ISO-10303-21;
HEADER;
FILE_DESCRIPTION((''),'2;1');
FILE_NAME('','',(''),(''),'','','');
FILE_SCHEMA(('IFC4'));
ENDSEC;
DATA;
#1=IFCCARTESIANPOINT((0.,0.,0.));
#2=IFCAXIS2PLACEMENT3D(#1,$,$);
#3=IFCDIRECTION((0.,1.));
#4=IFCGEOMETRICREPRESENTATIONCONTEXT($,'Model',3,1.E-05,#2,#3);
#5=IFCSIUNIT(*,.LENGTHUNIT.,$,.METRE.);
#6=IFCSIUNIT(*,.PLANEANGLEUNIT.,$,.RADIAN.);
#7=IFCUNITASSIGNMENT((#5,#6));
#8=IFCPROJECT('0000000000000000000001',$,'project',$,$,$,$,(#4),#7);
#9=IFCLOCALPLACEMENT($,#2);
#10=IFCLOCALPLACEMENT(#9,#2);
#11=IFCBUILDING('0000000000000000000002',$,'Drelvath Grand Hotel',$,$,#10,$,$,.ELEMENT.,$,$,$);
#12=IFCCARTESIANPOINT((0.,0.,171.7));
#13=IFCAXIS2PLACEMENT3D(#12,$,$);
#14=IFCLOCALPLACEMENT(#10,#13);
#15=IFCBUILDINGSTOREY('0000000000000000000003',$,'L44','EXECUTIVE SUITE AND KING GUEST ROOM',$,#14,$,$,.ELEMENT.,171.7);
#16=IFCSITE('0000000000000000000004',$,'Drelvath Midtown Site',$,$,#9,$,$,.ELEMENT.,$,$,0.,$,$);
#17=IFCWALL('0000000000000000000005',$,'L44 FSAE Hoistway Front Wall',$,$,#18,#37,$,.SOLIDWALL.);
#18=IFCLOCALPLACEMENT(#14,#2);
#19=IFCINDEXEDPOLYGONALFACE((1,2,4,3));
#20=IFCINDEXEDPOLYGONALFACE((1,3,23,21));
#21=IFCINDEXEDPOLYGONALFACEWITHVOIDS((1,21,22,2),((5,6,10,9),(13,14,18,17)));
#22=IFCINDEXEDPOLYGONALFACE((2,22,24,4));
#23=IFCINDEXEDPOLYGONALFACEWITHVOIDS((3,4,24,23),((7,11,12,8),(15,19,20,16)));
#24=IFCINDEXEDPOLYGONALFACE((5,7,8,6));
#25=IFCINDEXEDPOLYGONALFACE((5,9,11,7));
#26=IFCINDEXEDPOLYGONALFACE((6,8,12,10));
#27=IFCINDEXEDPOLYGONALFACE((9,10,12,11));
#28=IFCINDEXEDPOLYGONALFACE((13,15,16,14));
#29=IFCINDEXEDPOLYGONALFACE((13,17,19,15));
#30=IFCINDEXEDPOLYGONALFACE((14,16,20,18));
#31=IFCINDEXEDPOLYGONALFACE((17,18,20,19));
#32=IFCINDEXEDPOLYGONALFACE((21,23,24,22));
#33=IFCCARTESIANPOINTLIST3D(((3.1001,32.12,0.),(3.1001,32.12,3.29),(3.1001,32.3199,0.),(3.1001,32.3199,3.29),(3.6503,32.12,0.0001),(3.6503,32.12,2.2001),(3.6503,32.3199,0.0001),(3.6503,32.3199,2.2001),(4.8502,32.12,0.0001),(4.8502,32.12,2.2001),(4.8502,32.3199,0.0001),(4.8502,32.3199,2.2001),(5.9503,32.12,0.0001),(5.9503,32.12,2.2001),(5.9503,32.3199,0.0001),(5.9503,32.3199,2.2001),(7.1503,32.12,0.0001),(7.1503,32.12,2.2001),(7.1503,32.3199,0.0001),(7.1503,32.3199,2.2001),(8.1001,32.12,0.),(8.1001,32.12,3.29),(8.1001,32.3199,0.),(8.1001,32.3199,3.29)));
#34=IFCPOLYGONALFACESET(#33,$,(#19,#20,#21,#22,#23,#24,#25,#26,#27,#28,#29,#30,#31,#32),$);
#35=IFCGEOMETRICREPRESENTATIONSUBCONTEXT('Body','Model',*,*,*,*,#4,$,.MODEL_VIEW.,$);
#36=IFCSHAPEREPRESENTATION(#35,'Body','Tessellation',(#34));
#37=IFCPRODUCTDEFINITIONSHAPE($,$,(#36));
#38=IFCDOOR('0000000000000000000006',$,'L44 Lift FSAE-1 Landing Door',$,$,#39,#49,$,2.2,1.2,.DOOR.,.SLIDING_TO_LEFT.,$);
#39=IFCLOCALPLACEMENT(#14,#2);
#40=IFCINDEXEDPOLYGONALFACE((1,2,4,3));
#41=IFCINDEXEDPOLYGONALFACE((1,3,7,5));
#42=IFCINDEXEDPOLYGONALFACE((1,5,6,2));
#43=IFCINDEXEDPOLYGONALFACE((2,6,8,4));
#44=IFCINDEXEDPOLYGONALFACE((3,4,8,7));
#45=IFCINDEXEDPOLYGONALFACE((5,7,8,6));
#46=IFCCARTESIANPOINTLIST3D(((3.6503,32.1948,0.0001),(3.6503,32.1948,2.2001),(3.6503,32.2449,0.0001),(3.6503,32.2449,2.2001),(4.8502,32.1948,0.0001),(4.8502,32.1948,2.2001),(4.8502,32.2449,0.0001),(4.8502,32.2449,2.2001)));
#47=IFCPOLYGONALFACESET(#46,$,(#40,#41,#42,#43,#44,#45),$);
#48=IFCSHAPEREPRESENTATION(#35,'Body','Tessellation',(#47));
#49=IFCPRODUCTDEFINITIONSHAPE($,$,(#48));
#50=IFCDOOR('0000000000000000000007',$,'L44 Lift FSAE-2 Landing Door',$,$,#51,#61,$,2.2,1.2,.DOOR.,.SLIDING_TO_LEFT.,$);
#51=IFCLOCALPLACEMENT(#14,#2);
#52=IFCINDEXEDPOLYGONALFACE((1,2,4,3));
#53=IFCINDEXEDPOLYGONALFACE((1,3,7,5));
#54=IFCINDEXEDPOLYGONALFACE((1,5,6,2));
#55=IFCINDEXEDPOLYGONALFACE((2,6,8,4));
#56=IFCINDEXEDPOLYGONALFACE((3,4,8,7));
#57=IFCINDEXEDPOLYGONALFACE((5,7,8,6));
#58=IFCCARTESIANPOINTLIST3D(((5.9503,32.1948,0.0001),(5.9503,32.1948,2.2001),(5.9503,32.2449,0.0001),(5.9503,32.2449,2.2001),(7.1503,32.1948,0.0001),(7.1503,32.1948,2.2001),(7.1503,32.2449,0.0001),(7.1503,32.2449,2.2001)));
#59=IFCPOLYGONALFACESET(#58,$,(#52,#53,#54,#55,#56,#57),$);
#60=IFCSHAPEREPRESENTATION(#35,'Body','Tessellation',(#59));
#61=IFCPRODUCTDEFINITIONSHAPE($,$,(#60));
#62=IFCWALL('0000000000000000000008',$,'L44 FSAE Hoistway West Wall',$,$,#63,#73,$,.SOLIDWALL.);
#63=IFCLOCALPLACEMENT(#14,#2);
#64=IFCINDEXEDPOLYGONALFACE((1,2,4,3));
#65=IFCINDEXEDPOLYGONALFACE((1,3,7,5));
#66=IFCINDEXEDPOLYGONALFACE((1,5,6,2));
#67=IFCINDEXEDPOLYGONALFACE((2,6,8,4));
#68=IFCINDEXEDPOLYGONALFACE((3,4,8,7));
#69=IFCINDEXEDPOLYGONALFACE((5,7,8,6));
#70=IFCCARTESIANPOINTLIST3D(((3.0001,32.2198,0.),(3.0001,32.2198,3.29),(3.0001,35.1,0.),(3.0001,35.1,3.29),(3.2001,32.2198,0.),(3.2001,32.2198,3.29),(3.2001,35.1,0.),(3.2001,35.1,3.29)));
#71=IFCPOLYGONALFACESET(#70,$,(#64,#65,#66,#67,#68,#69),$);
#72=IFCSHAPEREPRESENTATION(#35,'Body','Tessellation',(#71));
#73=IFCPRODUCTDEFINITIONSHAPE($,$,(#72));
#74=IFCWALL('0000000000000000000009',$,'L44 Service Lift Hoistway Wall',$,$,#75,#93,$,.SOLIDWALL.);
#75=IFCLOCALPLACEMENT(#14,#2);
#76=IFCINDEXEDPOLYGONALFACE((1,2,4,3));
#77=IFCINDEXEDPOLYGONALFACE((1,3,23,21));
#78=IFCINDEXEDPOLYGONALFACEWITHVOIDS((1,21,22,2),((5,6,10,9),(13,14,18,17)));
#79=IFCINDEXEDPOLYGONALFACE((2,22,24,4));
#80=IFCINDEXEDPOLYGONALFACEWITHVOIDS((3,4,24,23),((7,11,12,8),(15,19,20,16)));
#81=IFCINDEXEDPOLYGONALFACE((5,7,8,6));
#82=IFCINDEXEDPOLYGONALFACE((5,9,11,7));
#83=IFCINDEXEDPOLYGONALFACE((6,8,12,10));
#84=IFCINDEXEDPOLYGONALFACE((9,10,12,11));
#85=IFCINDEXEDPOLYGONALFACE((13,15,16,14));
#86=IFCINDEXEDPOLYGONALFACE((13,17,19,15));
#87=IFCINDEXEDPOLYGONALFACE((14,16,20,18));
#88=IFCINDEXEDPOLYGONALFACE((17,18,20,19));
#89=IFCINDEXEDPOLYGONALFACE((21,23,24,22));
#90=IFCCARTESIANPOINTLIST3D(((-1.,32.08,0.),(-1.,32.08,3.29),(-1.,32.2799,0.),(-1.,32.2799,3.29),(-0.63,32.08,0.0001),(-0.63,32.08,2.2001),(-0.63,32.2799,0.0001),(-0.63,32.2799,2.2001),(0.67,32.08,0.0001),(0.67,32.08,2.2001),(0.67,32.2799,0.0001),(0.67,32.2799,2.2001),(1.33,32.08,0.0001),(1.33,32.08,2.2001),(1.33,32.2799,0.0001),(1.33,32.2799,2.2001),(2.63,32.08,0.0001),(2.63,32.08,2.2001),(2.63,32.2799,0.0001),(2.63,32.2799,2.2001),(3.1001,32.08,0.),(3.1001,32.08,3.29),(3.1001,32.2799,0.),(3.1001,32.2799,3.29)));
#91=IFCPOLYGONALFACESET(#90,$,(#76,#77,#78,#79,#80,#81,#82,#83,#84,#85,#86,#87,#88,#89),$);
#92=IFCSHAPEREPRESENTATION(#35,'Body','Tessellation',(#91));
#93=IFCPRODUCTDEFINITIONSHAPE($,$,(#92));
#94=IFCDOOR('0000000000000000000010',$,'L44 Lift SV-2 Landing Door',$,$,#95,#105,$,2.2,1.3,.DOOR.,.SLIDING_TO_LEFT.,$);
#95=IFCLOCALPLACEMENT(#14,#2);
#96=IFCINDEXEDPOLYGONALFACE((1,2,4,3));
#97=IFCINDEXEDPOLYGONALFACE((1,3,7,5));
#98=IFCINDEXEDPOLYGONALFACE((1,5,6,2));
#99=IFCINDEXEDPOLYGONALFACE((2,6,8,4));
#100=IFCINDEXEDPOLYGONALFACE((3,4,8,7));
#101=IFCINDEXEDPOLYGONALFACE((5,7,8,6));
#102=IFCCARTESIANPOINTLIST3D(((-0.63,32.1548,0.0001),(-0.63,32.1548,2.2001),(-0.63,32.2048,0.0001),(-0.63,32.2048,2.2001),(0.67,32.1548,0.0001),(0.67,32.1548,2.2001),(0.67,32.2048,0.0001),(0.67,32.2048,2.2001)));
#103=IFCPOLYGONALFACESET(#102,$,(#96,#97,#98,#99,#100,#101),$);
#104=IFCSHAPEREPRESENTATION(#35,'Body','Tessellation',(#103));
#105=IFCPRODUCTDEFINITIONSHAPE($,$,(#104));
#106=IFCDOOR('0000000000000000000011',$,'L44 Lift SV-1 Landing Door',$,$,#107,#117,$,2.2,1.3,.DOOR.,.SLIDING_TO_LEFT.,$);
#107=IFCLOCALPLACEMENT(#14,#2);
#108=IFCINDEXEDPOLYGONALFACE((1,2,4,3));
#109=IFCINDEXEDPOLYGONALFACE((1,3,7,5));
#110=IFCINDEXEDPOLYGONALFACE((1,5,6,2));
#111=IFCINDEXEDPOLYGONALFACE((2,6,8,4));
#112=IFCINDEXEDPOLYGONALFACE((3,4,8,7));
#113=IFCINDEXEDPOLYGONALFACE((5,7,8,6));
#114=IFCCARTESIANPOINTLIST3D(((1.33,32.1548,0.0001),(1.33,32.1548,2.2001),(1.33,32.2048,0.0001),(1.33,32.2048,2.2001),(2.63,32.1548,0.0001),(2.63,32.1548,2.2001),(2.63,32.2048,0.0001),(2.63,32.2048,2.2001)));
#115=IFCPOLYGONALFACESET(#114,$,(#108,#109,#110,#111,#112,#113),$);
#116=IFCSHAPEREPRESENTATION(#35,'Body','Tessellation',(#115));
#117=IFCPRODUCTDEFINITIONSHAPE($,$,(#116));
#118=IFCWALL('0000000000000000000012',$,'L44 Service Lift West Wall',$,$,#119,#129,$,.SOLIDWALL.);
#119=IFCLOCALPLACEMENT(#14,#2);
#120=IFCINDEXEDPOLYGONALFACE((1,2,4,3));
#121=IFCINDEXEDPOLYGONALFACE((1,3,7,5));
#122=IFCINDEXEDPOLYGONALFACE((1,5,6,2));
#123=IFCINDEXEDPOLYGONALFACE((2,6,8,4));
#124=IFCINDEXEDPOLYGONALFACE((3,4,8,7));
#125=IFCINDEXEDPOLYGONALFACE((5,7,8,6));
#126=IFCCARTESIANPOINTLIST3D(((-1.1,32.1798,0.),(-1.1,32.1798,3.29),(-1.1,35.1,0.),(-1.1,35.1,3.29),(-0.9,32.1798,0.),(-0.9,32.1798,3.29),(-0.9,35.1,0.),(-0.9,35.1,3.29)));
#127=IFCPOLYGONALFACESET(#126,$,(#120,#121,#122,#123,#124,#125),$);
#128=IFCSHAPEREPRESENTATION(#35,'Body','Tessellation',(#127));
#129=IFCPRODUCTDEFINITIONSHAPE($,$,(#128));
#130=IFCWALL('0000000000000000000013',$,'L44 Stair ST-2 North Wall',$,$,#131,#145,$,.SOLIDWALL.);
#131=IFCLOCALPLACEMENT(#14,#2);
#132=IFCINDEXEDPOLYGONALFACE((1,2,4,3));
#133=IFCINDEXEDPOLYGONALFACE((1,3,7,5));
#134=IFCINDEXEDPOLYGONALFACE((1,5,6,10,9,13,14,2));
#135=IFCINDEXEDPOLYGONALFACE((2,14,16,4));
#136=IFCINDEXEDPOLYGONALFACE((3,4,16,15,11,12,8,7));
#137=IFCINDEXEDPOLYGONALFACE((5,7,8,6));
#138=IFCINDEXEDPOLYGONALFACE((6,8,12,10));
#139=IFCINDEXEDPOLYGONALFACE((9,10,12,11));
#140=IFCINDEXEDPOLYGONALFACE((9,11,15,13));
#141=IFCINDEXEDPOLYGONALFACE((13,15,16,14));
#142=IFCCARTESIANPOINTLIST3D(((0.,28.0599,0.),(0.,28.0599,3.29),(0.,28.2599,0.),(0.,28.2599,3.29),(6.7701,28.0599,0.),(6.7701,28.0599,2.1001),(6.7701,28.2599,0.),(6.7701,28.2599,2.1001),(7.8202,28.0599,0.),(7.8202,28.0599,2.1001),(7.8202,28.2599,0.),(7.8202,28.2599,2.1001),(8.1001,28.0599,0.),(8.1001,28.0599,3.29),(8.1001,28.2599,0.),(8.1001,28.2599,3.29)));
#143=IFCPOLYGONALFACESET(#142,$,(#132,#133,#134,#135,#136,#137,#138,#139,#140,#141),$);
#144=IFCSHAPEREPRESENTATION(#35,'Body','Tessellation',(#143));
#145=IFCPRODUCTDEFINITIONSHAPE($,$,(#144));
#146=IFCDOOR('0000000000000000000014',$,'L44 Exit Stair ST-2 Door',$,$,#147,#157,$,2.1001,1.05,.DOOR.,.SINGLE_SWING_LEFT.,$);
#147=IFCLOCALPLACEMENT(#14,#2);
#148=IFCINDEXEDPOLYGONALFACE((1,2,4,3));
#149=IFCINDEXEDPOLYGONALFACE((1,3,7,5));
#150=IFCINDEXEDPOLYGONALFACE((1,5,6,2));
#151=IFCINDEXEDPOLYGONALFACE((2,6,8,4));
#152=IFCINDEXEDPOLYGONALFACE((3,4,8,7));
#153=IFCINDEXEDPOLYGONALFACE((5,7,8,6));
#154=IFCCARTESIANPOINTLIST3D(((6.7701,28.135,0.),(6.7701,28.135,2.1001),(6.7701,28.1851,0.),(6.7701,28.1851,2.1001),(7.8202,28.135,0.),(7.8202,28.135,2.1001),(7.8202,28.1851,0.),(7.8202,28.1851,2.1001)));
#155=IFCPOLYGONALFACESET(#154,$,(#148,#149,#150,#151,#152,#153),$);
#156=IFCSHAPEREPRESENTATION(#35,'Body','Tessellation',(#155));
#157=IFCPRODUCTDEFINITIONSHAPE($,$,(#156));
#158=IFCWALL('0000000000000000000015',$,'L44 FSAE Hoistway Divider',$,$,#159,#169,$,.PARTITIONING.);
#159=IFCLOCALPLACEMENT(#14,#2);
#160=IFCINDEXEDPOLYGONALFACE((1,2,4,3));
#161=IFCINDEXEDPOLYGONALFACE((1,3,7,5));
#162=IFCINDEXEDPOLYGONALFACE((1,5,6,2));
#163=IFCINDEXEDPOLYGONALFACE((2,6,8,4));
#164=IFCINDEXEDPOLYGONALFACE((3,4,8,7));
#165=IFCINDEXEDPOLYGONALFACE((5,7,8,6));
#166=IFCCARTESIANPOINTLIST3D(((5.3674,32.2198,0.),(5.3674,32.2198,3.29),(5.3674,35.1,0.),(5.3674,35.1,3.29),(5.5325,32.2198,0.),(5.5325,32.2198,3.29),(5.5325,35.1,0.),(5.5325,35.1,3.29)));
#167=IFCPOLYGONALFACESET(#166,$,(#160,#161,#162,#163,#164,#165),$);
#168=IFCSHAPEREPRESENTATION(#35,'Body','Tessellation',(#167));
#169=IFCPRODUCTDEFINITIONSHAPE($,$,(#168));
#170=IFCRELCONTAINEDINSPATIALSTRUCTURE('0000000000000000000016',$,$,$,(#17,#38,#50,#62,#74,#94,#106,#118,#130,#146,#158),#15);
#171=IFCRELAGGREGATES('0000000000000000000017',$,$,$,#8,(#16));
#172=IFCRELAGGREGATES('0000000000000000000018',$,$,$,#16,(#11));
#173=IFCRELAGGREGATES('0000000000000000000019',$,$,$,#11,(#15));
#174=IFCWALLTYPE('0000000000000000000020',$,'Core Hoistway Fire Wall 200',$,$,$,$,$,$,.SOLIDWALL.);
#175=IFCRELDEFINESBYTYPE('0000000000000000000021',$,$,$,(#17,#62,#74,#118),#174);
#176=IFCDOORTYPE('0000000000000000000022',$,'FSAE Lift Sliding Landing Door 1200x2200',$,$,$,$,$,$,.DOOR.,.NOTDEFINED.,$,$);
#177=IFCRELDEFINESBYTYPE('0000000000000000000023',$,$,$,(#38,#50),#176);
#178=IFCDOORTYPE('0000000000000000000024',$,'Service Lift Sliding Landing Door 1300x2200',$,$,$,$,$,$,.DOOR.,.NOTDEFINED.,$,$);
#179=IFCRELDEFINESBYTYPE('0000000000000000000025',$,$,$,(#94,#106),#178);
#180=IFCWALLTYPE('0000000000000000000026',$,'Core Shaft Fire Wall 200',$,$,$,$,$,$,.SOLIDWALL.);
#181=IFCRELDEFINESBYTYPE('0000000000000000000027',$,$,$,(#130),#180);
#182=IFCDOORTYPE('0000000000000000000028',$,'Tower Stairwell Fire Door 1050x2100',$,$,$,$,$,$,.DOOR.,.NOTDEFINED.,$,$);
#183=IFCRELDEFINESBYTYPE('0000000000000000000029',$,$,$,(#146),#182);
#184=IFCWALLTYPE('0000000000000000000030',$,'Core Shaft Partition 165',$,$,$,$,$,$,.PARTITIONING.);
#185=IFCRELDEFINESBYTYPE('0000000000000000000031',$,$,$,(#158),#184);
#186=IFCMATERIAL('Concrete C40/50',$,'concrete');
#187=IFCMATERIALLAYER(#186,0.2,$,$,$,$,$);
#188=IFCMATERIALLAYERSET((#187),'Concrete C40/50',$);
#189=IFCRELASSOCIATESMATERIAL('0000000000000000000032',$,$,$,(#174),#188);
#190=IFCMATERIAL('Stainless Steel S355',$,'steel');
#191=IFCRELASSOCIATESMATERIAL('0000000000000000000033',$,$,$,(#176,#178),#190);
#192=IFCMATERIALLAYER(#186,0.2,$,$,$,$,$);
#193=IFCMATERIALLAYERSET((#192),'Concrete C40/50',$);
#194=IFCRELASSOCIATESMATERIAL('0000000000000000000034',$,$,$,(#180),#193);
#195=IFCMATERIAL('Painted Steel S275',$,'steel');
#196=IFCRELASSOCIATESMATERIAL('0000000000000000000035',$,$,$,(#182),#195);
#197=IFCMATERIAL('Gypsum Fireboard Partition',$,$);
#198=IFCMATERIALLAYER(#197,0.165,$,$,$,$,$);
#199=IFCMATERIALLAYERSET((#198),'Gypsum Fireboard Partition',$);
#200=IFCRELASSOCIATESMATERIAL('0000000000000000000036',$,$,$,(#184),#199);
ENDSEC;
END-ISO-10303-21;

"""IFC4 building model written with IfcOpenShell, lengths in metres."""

from ifc_helpers import new_model, si_unit, direction, frame, frame_2d, origin, place, context, subcontext, project, spatial, rectangle, extrude, material, layer, layer_set, type_object, element, fill, save


model = new_model("IFC4")

# Units and contexts
model_context = context("Model", 3, precision=1e-05, world=origin(), true_north=direction((0.0, 1.0)))
body_context = subcontext(model_context, "Body", "Model", "MODEL_VIEW")
ifc_project = project(units=[si_unit("LENGTHUNIT", "METRE"), si_unit("PLANEANGLEUNIT", "RADIAN")], contexts=[model_context])

# Site, building, storey
site_placement = place(None, origin())
site = spatial("IfcSite", under=ifc_project, at=site_placement, Name="Drelvath Midtown Site", CompositionType="ELEMENT", RefElevation=0.0)
building_placement = place(site_placement, origin())
building = spatial("IfcBuilding", under=site, at=building_placement, Name="Drelvath Grand Hotel", CompositionType="ELEMENT")
storey_placement = place(building_placement, frame((0.0, 0.0, 171.7)))
storey = spatial("IfcBuildingStorey", under=building, at=storey_placement, Name="L44", Description="EXECUTIVE SUITE AND KING GUEST ROOM", CompositionType="ELEMENT", Elevation=171.7)

# Wall, openings, doors
ifc_material_1 = material(Name="Concrete C40/50", Category="concrete")
ifc_layer_1 = layer(ifc_material_1, 0.2)
ifc_layer_set_1 = layer_set([ifc_layer_1], Name="Concrete C40/50")
wall_type_1 = type_object("IfcWallType", Name="Core Hoistway Fire Wall 200", PredefinedType="SOLIDWALL", material=ifc_layer_set_1)
wall_1_placement = place(storey_placement, frame((3.1001, 32.22, 0.0), z_axis=(0.0, 0.0, 1.0), x_axis=(1.0, 0.0, 0.0)))
wall_1 = element("IfcWall", 1, at=wall_1_placement, inside=storey, type_object=wall_type_1, Name="L44 FSAE Hoistway Front Wall", PredefinedType="SOLIDWALL", context=body_context, shape_type="SweptSolid", body=[
    extrude(rectangle(XDim=5.0, YDim=0.2, at=frame_2d((2.5, 0.0))), origin(), (0.0, 0.0, 1.0), 3.29),
])
opening_1_placement = place(wall_1_placement, frame((0.55, 0.0, 0.0)))
opening_1 = element("IfcOpeningElement", 2, at=opening_1_placement, cuts=wall_1, PredefinedType="OPENING", context=body_context, shape_type="SweptSolid", body=[
    extrude(rectangle(XDim=1.2, YDim=2.2, at=frame_2d((0.6001, 1.1001))), frame((0.0, 0.1099, 0.0), z_axis=(0.0, -1.0, 0.0), x_axis=(1.0, 0.0, 0.0)), (0.0, 0.0, 1.0), 0.22),
])
opening_2_placement = place(wall_1_placement, frame((2.8501, 0.0, 0.0)))
opening_2 = element("IfcOpeningElement", 3, at=opening_2_placement, cuts=wall_1, PredefinedType="OPENING", context=body_context, shape_type="SweptSolid", body=[
    extrude(rectangle(XDim=1.2, YDim=2.2, at=frame_2d((0.6001, 1.1001))), frame((0.0, 0.1099, 0.0), z_axis=(0.0, -1.0, 0.0), x_axis=(1.0, 0.0, 0.0)), (0.0, 0.0, 1.0), 0.22),
])
ifc_material_2 = material(Name="Stainless Steel S355", Category="steel")
door_type_1 = type_object("IfcDoorType", Name="FSAE Lift Sliding Landing Door 1200x2200", OperationType="NOTDEFINED", PredefinedType="DOOR", material=ifc_material_2)
door_1_placement = place(opening_1_placement, origin())
door_1 = element("IfcDoor", 4, at=door_1_placement, inside=storey, type_object=door_type_1, Name="L44 Lift FSAE-1 Landing Door", OperationType="SLIDING_TO_LEFT", OverallHeight=2.2, OverallWidth=1.2, PredefinedType="DOOR", context=body_context, shape_type="SweptSolid", body=[
    extrude(rectangle(XDim=1.2, YDim=2.2, at=frame_2d((0.6001, 1.1001))), frame((0.0, 0.0249, 0.0), z_axis=(0.0, -1.0, 0.0), x_axis=(1.0, 0.0, 0.0)), (0.0, 0.0, 1.0), 0.05),
])
fill(opening_1, door_1)
door_2_placement = place(opening_2_placement, origin())
door_2 = element("IfcDoor", 5, at=door_2_placement, inside=storey, type_object=door_type_1, Name="L44 Lift FSAE-2 Landing Door", OperationType="SLIDING_TO_LEFT", OverallHeight=2.2, OverallWidth=1.2, PredefinedType="DOOR", context=body_context, shape_type="SweptSolid", body=[
    extrude(rectangle(XDim=1.2, YDim=2.2, at=frame_2d((0.6001, 1.1001))), frame((0.0, 0.0249, 0.0), z_axis=(0.0, -1.0, 0.0), x_axis=(1.0, 0.0, 0.0)), (0.0, 0.0, 1.0), 0.05),
])
fill(opening_2, door_2)

# Wall
wall_2_placement = place(storey_placement, frame((3.1001, 32.22, 0.0), z_axis=(0.0, 0.0, 1.0), x_axis=(0.0, 1.0, 0.0)))
element("IfcWall", 6, at=wall_2_placement, inside=storey, type_object=wall_type_1, Name="L44 FSAE Hoistway West Wall", PredefinedType="SOLIDWALL", context=body_context, shape_type="SweptSolid", body=[
    extrude(rectangle(XDim=2.8801, YDim=0.2, at=frame_2d((1.4399, 0.0))), origin(), (0.0, 0.0, 1.0), 3.29),
])

# Wall, openings, doors
wall_3_placement = place(storey_placement, frame((-1.0, 32.1799, 0.0), z_axis=(0.0, 0.0, 1.0), x_axis=(1.0, 0.0, 0.0)))
wall_3 = element("IfcWall", 7, at=wall_3_placement, inside=storey, type_object=wall_type_1, Name="L44 Service Lift Hoistway Wall", PredefinedType="SOLIDWALL", context=body_context, shape_type="SweptSolid", body=[
    extrude(rectangle(XDim=4.1001, YDim=0.2, at=frame_2d((2.05, 0.0))), origin(), (0.0, 0.0, 1.0), 3.29),
])
opening_3_placement = place(wall_3_placement, frame((0.3701, 0.0, 0.0)))
opening_3 = element("IfcOpeningElement", 8, at=opening_3_placement, cuts=wall_3, PredefinedType="OPENING", context=body_context, shape_type="SweptSolid", body=[
    extrude(rectangle(XDim=1.3, YDim=2.2, at=frame_2d((0.6499, 1.1001))), frame((0.0, 0.1099, 0.0), z_axis=(0.0, -1.0, 0.0), x_axis=(1.0, 0.0, 0.0)), (0.0, 0.0, 1.0), 0.22),
])
opening_4_placement = place(wall_3_placement, frame((2.3301, 0.0, 0.0)))
opening_4 = element("IfcOpeningElement", 9, at=opening_4_placement, cuts=wall_3, PredefinedType="OPENING", context=body_context, shape_type="SweptSolid", body=[
    extrude(rectangle(XDim=1.3, YDim=2.2, at=frame_2d((0.6499, 1.1001))), frame((0.0, 0.1099, 0.0), z_axis=(0.0, -1.0, 0.0), x_axis=(1.0, 0.0, 0.0)), (0.0, 0.0, 1.0), 0.22),
])
door_type_2 = type_object("IfcDoorType", Name="Service Lift Sliding Landing Door 1300x2200", OperationType="NOTDEFINED", PredefinedType="DOOR", material=ifc_material_2)
door_3_placement = place(opening_3_placement, origin())
door_3 = element("IfcDoor", 10, at=door_3_placement, inside=storey, type_object=door_type_2, Name="L44 Lift SV-2 Landing Door", OperationType="SLIDING_TO_LEFT", OverallHeight=2.2, OverallWidth=1.3, PredefinedType="DOOR", context=body_context, shape_type="SweptSolid", body=[
    extrude(rectangle(XDim=1.3, YDim=2.2, at=frame_2d((0.6499, 1.1001))), frame((0.0, 0.0249, 0.0), z_axis=(0.0, -1.0, 0.0), x_axis=(1.0, 0.0, 0.0)), (0.0, 0.0, 1.0), 0.05),
])
fill(opening_3, door_3)
door_4_placement = place(opening_4_placement, origin())
door_4 = element("IfcDoor", 11, at=door_4_placement, inside=storey, type_object=door_type_2, Name="L44 Lift SV-1 Landing Door", OperationType="SLIDING_TO_LEFT", OverallHeight=2.2, OverallWidth=1.3, PredefinedType="DOOR", context=body_context, shape_type="SweptSolid", body=[
    extrude(rectangle(XDim=1.3, YDim=2.2, at=frame_2d((0.6499, 1.1001))), frame((0.0, 0.0249, 0.0), z_axis=(0.0, -1.0, 0.0), x_axis=(1.0, 0.0, 0.0)), (0.0, 0.0, 1.0), 0.05),
])
fill(opening_4, door_4)

# Wall
wall_4_placement = place(storey_placement, frame((-1.0, 32.1799, 0.0), z_axis=(0.0, 0.0, 1.0), x_axis=(0.0, 1.0, 0.0)))
element("IfcWall", 12, at=wall_4_placement, inside=storey, type_object=wall_type_1, Name="L44 Service Lift West Wall", PredefinedType="SOLIDWALL", context=body_context, shape_type="SweptSolid", body=[
    extrude(rectangle(XDim=2.9202, YDim=0.2, at=frame_2d((1.46, 0.0))), origin(), (0.0, 0.0, 1.0), 3.29),
])

# Wall, opening, door
ifc_layer_2 = layer(ifc_material_1, 0.2)
ifc_layer_set_2 = layer_set([ifc_layer_2], Name="Concrete C40/50")
wall_type_2 = type_object("IfcWallType", Name="Core Shaft Fire Wall 200", PredefinedType="SOLIDWALL", material=ifc_layer_set_2)
wall_5_placement = place(storey_placement, frame((8.1001, 28.1599, 0.0), z_axis=(0.0, 0.0, 1.0), x_axis=(-1.0, 0.0, 0.0)))
wall_5 = element("IfcWall", 13, at=wall_5_placement, inside=storey, type_object=wall_type_2, Name="L44 Stair ST-2 North Wall", PredefinedType="SOLIDWALL", context=body_context, shape_type="SweptSolid", body=[
    extrude(rectangle(XDim=8.1001, YDim=0.2, at=frame_2d((4.05, 0.0))), origin(), (0.0, 0.0, 1.0), 3.29),
])
opening_5_placement = place(wall_5_placement, frame((0.28, 0.0, 0.0)))
opening_5 = element("IfcOpeningElement", 14, at=opening_5_placement, cuts=wall_5, PredefinedType="OPENING", context=body_context, shape_type="SweptSolid", body=[
    extrude(rectangle(XDim=1.05, YDim=2.1001, at=frame_2d((0.5249, 1.05))), frame((0.0, 0.1099, 0.0), z_axis=(0.0, -1.0, 0.0), x_axis=(1.0, 0.0, 0.0)), (0.0, 0.0, 1.0), 0.22),
])
ifc_material_3 = material(Name="Painted Steel S275", Category="steel")
door_type_3 = type_object("IfcDoorType", Name="Tower Stairwell Fire Door 1050x2100", OperationType="NOTDEFINED", PredefinedType="DOOR", material=ifc_material_3)
door_5_placement = place(opening_5_placement, origin())
door_5 = element("IfcDoor", 15, at=door_5_placement, inside=storey, type_object=door_type_3, Name="L44 Exit Stair ST-2 Door", OperationType="SINGLE_SWING_LEFT", OverallHeight=2.1001, OverallWidth=1.05, PredefinedType="DOOR", context=body_context, shape_type="SweptSolid", body=[
    extrude(rectangle(XDim=1.05, YDim=2.1001, at=frame_2d((0.5249, 1.05))), frame((0.0, 0.0249, 0.0), z_axis=(0.0, -1.0, 0.0), x_axis=(1.0, 0.0, 0.0)), (0.0, 0.0, 1.0), 0.05),
])
fill(opening_5, door_5)

# Wall
ifc_material_4 = material(Name="Gypsum Fireboard Partition")
ifc_layer_3 = layer(ifc_material_4, 0.165)
ifc_layer_set_3 = layer_set([ifc_layer_3], Name="Gypsum Fireboard Partition")
wall_type_3 = type_object("IfcWallType", Name="Core Shaft Partition 165", PredefinedType="PARTITIONING", material=ifc_layer_set_3)
wall_6_placement = place(storey_placement, frame((5.45, 32.22, 0.0), z_axis=(0.0, 0.0, 1.0), x_axis=(0.0, 1.0, 0.0)))
element("IfcWall", 16, at=wall_6_placement, inside=storey, type_object=wall_type_3, Name="L44 FSAE Hoistway Divider", PredefinedType="PARTITIONING", context=body_context, shape_type="SweptSolid", body=[
    extrude(rectangle(XDim=2.8801, YDim=0.165, at=frame_2d((1.4399, 0.0))), origin(), (0.0, 0.0, 1.0), 3.29),
])

save(model, "model.ifc")
